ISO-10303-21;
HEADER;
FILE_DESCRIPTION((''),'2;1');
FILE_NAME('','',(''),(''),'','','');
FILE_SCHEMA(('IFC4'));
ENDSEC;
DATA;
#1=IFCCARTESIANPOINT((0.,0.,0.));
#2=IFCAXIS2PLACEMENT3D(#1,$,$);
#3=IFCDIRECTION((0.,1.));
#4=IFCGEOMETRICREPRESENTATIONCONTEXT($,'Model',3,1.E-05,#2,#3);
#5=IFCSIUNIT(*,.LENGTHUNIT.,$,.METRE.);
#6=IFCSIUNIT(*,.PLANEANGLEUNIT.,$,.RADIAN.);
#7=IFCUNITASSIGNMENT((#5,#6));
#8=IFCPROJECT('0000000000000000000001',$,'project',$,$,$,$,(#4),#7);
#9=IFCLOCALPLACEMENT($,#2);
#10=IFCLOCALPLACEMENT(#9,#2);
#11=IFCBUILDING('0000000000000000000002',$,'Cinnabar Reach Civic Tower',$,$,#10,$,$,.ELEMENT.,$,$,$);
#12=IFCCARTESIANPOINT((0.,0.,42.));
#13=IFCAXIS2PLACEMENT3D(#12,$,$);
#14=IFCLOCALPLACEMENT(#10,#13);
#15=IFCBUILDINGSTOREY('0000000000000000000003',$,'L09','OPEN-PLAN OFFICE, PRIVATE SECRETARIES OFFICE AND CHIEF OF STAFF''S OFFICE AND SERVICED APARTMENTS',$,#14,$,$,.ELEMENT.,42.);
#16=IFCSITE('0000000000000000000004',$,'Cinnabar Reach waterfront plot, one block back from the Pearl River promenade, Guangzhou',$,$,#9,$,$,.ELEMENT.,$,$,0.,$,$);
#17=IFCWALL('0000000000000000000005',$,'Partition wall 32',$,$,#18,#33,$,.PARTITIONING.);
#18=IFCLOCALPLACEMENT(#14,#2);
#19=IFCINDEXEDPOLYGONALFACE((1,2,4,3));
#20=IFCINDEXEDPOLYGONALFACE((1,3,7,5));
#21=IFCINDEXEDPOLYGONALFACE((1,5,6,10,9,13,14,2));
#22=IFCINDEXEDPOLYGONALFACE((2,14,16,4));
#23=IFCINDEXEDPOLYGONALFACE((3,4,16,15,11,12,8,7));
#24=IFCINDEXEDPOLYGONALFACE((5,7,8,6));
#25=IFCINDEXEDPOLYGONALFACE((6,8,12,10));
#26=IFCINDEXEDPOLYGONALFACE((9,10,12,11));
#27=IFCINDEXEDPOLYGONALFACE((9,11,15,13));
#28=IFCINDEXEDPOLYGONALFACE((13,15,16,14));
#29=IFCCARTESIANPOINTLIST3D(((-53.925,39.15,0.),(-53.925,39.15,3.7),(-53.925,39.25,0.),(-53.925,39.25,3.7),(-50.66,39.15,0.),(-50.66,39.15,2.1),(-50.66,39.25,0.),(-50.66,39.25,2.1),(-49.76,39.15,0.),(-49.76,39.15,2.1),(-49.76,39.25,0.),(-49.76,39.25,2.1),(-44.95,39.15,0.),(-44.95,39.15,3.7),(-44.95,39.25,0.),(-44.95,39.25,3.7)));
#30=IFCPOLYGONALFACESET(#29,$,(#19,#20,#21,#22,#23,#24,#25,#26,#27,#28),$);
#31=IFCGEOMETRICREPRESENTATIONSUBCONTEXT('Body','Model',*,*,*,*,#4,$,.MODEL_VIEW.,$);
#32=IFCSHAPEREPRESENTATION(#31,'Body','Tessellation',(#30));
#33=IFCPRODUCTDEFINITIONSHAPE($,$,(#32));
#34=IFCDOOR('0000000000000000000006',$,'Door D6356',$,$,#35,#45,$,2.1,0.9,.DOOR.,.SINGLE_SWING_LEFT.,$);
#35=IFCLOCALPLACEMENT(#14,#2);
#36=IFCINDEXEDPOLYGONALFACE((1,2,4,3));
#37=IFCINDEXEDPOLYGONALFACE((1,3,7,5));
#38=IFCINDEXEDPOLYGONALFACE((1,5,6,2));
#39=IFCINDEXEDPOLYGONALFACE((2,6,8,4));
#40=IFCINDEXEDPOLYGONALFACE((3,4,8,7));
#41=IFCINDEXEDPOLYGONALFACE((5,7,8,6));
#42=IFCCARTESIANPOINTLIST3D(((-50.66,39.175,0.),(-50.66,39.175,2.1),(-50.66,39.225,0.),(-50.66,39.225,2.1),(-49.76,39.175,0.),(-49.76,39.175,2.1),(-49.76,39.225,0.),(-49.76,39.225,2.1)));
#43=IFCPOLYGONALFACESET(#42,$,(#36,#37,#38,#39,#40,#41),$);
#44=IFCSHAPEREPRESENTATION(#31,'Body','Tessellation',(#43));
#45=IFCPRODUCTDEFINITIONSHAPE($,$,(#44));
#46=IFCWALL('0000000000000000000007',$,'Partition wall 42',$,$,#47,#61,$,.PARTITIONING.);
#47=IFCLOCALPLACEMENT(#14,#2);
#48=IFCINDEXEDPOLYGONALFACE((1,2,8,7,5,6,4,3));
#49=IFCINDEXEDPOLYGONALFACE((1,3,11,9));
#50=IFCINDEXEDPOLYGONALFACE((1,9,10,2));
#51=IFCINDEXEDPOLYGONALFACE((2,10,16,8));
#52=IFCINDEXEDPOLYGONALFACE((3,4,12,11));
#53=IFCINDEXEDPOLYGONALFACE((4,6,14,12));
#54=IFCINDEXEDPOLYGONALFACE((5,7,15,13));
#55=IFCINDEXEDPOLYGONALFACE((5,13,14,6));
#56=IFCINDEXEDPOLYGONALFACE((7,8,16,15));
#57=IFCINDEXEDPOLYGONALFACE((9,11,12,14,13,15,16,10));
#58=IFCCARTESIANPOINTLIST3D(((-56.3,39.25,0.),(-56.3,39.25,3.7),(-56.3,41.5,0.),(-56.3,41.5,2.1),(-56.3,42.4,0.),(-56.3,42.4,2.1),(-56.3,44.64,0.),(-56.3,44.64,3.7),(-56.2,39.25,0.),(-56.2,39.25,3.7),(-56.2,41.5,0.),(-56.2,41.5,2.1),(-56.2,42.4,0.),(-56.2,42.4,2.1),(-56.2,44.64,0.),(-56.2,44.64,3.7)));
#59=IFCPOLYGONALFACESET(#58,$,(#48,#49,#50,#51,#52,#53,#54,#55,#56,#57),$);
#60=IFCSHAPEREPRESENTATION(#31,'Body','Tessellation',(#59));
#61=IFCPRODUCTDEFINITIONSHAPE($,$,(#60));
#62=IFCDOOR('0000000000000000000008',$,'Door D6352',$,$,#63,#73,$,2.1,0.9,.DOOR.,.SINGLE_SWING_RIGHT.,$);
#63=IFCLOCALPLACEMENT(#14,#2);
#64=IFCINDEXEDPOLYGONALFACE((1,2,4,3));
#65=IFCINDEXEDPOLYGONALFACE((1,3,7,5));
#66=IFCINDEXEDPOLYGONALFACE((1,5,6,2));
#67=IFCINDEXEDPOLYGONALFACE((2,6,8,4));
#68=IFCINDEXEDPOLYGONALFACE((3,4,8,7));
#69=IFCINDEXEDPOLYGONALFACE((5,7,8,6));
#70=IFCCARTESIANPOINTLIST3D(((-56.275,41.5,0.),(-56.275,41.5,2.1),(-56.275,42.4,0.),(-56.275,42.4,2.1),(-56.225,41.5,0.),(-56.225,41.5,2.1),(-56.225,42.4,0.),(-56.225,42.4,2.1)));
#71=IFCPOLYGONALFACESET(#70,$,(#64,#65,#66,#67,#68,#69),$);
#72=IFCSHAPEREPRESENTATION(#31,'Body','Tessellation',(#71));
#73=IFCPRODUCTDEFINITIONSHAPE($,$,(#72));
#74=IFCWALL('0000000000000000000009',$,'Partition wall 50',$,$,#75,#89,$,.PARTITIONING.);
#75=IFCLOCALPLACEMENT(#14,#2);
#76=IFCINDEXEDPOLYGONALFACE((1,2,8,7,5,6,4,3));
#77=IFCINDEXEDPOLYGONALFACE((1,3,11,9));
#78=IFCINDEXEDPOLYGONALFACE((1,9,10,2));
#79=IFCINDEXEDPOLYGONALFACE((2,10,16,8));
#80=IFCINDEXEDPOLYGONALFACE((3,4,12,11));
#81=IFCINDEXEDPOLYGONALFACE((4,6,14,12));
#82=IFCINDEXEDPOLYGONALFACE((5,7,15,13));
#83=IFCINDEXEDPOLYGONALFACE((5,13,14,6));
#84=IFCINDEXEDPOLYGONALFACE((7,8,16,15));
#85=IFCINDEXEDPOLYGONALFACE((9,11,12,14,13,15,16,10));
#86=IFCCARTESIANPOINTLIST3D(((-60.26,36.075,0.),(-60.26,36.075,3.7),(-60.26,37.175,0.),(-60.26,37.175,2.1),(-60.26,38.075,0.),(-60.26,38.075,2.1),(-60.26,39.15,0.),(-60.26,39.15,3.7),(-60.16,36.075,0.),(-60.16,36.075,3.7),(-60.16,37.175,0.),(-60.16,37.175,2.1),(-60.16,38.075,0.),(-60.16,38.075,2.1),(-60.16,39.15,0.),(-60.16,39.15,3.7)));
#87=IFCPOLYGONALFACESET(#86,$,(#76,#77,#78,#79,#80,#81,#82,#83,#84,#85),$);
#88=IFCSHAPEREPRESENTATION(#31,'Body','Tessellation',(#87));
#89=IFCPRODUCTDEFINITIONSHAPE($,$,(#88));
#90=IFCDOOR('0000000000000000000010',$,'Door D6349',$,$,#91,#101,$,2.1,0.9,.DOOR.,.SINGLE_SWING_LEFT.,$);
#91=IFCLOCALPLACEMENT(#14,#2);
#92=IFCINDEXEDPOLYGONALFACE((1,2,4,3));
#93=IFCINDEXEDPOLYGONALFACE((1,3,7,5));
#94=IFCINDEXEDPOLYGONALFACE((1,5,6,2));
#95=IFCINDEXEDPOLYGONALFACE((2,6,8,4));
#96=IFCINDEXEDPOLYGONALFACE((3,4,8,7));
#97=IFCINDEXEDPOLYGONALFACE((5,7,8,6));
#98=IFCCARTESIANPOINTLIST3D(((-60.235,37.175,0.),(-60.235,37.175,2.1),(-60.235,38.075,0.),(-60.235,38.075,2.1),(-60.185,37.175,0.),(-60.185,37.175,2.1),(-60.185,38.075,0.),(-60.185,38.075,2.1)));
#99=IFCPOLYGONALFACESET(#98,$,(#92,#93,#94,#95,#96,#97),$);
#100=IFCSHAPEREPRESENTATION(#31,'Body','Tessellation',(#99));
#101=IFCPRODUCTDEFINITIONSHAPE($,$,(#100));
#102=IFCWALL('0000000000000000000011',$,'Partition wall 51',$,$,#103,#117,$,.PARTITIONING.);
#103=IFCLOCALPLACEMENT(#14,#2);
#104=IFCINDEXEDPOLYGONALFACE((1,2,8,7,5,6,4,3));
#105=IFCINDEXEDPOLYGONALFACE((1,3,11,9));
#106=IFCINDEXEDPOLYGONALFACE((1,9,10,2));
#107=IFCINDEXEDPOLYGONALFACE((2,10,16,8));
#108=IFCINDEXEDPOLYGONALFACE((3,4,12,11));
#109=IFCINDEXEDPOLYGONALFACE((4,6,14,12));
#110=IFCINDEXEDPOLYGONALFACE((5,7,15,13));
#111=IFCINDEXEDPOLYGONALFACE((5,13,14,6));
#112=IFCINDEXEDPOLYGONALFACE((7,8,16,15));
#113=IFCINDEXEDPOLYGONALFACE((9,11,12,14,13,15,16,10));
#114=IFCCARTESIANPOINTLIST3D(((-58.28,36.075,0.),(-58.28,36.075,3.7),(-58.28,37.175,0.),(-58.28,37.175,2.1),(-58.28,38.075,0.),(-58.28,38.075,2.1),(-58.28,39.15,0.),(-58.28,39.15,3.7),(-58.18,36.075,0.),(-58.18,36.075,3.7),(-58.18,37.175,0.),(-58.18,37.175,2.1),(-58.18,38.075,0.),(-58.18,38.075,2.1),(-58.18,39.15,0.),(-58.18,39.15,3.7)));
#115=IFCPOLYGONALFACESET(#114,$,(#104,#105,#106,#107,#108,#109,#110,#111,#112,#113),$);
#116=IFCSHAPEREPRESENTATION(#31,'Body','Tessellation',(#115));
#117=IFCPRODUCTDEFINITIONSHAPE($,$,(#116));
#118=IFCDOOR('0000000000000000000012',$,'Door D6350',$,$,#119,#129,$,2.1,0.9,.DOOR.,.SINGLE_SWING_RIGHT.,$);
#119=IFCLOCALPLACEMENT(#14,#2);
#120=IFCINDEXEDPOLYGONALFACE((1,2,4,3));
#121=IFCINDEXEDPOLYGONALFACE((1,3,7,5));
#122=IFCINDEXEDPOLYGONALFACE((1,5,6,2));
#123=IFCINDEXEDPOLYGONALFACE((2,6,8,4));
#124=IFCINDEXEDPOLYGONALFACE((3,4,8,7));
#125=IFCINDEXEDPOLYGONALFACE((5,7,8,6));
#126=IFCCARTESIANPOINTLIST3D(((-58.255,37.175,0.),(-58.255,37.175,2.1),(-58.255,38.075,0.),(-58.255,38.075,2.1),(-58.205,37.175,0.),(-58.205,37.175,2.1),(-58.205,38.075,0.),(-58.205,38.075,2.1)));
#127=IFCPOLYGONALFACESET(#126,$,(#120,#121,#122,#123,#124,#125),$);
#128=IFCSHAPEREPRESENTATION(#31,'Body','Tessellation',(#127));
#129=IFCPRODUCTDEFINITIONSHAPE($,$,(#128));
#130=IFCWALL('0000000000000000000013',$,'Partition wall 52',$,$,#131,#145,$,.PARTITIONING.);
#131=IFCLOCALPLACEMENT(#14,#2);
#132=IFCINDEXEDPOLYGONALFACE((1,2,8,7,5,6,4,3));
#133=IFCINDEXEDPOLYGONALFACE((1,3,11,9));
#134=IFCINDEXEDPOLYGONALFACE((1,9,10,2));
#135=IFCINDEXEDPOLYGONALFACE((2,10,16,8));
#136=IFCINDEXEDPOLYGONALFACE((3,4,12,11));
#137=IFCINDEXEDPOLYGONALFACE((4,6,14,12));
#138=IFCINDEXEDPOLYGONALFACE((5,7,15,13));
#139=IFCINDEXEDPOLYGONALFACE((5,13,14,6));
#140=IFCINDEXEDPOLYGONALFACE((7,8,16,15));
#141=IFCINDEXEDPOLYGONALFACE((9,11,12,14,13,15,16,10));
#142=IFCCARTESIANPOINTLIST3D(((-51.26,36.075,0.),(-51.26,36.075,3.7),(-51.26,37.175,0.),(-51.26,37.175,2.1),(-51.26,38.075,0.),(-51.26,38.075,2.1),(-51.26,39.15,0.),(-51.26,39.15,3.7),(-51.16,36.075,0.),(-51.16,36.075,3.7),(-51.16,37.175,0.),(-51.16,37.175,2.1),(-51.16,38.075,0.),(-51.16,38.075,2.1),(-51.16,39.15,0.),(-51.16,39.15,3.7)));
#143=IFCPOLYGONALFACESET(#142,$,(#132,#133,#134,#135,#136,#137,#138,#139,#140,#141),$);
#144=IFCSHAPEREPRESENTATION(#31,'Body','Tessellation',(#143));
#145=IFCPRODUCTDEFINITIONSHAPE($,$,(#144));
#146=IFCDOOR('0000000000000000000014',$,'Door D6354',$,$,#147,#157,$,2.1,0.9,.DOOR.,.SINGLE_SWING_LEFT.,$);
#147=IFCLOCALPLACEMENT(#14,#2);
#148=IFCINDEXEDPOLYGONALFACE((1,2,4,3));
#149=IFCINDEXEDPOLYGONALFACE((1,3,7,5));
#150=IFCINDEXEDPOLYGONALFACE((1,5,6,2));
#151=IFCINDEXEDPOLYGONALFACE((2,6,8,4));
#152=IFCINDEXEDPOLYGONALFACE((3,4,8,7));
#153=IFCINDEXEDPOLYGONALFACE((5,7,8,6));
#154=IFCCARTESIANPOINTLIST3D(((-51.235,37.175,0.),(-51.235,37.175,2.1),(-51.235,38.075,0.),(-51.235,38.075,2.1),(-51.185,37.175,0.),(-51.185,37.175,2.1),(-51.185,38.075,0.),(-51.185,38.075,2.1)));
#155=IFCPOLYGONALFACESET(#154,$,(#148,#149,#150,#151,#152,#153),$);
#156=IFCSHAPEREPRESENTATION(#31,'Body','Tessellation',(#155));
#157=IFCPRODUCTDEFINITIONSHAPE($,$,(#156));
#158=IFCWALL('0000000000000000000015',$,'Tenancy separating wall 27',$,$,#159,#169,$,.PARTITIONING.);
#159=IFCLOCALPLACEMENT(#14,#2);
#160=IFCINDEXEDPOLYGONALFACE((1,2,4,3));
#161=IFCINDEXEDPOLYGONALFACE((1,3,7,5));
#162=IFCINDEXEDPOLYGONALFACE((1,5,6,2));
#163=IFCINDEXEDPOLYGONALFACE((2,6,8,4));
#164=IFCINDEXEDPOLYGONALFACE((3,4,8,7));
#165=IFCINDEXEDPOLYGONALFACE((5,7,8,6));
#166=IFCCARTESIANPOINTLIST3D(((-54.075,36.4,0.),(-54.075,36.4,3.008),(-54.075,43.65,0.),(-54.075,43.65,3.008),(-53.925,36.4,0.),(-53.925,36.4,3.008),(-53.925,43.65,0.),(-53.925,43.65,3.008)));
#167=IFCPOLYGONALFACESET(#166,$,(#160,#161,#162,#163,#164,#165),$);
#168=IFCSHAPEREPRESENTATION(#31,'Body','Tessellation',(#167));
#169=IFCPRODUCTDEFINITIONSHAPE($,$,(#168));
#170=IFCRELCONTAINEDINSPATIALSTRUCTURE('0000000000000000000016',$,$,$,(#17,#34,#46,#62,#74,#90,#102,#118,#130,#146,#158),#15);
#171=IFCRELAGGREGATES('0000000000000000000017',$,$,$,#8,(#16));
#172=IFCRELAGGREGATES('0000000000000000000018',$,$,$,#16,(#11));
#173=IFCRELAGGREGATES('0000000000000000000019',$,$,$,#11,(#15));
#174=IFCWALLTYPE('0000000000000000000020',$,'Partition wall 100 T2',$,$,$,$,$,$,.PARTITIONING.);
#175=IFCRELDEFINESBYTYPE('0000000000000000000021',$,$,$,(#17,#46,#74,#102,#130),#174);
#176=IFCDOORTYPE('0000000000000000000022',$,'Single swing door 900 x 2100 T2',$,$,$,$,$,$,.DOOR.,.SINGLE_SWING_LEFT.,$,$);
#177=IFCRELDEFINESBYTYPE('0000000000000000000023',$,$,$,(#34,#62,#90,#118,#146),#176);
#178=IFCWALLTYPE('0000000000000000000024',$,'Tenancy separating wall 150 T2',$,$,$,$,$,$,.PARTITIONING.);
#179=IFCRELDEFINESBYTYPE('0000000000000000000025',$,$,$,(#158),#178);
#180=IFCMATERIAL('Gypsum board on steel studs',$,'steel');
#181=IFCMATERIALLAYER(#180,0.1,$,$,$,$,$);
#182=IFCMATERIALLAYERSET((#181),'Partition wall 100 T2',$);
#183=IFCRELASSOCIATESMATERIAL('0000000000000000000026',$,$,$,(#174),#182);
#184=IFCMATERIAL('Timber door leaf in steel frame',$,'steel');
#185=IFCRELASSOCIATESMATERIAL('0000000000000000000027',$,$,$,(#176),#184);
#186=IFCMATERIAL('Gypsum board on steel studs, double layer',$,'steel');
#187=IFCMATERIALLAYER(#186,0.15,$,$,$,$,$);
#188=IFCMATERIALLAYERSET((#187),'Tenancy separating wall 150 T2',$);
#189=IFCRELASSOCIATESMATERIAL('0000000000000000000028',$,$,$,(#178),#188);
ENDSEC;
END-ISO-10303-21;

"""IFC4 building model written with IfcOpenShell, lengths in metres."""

from ifc_helpers import new_model, si_unit, direction, frame, frame_2d, origin, place, context, subcontext, project, spatial, rectangle, extrude, material, layer, layer_set, type_object, element, fill, save


model = new_model("IFC4")

# Units and contexts
model_context = context("Model", 3, precision=1e-05, world=origin(), true_north=direction((0.0, 1.0)))
body_context = subcontext(model_context, "Body", "Model", "MODEL_VIEW")
ifc_project = project(units=[si_unit("LENGTHUNIT", "METRE"), si_unit("PLANEANGLEUNIT", "RADIAN")], contexts=[model_context])

# Site, building, storey
site_placement = place(None, origin())
site = spatial("IfcSite", under=ifc_project, at=site_placement, Name="Cinnabar Reach waterfront plot, one block back from the Pearl River promenade, Guangzhou", CompositionType="ELEMENT", RefElevation=0.0)
building_placement = place(site_placement, origin())
building = spatial("IfcBuilding", under=site, at=building_placement, Name="Cinnabar Reach Civic Tower", CompositionType="ELEMENT")
storey_placement = place(building_placement, frame((0.0, 0.0, 42.0)))
storey = spatial("IfcBuildingStorey", under=building, at=storey_placement, Name="L09", Description="OPEN-PLAN OFFICE, PRIVATE SECRETARIES OFFICE AND CHIEF OF STAFF'S OFFICE AND SERVICED APARTMENTS", CompositionType="ELEMENT", Elevation=42.0)

# Walls, openings, doors
ifc_material_1 = material(Name="Gypsum board on steel studs, double layer", Category="steel")
ifc_material_2 = material(Name="Timber door leaf in steel frame", Category="steel")
ifc_material_3 = material(Name="Gypsum board on steel studs", Category="steel")
ifc_layer_1 = layer(ifc_material_3, 0.1)
ifc_layer_set_1 = layer_set([ifc_layer_1], Name="Partition wall 100 T2")
wall_type_1 = type_object("IfcWallType", Name="Partition wall 100 T2", PredefinedType="PARTITIONING", material=ifc_layer_set_1)
wall_1_placement = place(storey_placement, frame((-53.925, 39.2, 0.0), z_axis=(0.0, 0.0, 1.0), x_axis=(1.0, 0.0, 0.0)))
wall_1 = element("IfcWall", 1, at=wall_1_placement, inside=storey, type_object=wall_type_1, Name="Partition wall 32", PredefinedType="PARTITIONING", context=body_context, shape_type="SweptSolid", body=[
    extrude(rectangle(XDim=8.975, YDim=0.1, at=frame_2d((4.4875, 0.0))), origin(), (0.0, 0.0, 1.0), 3.7),
])
opening_1_placement = place(wall_1_placement, frame((3.265, 0.0, 0.0)))
opening_1 = element("IfcOpeningElement", 2, at=opening_1_placement, cuts=wall_1, PredefinedType="OPENING", context=body_context, shape_type="SweptSolid", body=[
    extrude(rectangle(XDim=0.9, YDim=2.1, at=frame_2d((0.45, 1.05))), frame((0.0, 0.06, 0.0), z_axis=(0.0, -1.0, 0.0), x_axis=(1.0, 0.0, 0.0)), (0.0, 0.0, 1.0), 0.12),
])
door_type_1 = type_object("IfcDoorType", Name="Single swing door 900 x 2100 T2", OperationType="SINGLE_SWING_LEFT", PredefinedType="DOOR", material=ifc_material_2)
door_1_placement = place(opening_1_placement, frame((0.9, 0.0, 0.0), z_axis=(0.0, 0.0, 1.0), x_axis=(-1.0, 0.0, 0.0)))
door_1 = element("IfcDoor", 3, at=door_1_placement, inside=storey, type_object=door_type_1, Name="Door D6356", OperationType="SINGLE_SWING_LEFT", OverallHeight=2.1, OverallWidth=0.9, PredefinedType="DOOR", context=body_context, shape_type="SweptSolid", body=[
    extrude(rectangle(XDim=0.9, YDim=2.1, at=frame_2d((0.45, 1.05))), frame((0.0, 0.025, 0.0), z_axis=(0.0, -1.0, 0.0), x_axis=(1.0, 0.0, 0.0)), (0.0, 0.0, 1.0), 0.05),
])
fill(opening_1, door_1)
wall_2_placement = place(storey_placement, frame((-56.25, 39.25, 0.0), z_axis=(0.0, 0.0, 1.0), x_axis=(0.0, 1.0, 0.0)))
wall_2 = element("IfcWall", 4, at=wall_2_placement, inside=storey, type_object=wall_type_1, Name="Partition wall 42", PredefinedType="PARTITIONING", context=body_context, shape_type="SweptSolid", body=[
    extrude(rectangle(XDim=5.39, YDim=0.1, at=frame_2d((2.695, 0.0))), origin(), (0.0, 0.0, 1.0), 3.7),
])
opening_2_placement = place(wall_2_placement, frame((2.25, 0.0, 0.0)))
opening_2 = element("IfcOpeningElement", 5, at=opening_2_placement, cuts=wall_2, PredefinedType="OPENING", context=body_context, shape_type="SweptSolid", body=[
    extrude(rectangle(XDim=0.9, YDim=2.1, at=frame_2d((0.45, 1.05))), frame((0.0, 0.06, 0.0), z_axis=(0.0, -1.0, 0.0), x_axis=(1.0, 0.0, 0.0)), (0.0, 0.0, 1.0), 0.12),
])
door_2_placement = place(opening_2_placement, frame((0.9, 0.0, 0.0), z_axis=(0.0, 0.0, 1.0), x_axis=(-1.0, 0.0, 0.0)))
door_2 = element("IfcDoor", 6, at=door_2_placement, inside=storey, type_object=door_type_1, Name="Door D6352", OperationType="SINGLE_SWING_RIGHT", OverallHeight=2.1, OverallWidth=0.9, PredefinedType="DOOR", context=body_context, shape_type="SweptSolid", body=[
    extrude(rectangle(XDim=0.9, YDim=2.1, at=frame_2d((0.45, 1.05))), frame((0.0, 0.025, 0.0), z_axis=(0.0, -1.0, 0.0), x_axis=(1.0, 0.0, 0.0)), (0.0, 0.0, 1.0), 0.05),
])
fill(opening_2, door_2)
wall_3_placement = place(storey_placement, frame((-60.21, 36.075, 0.0), z_axis=(0.0, 0.0, 1.0), x_axis=(0.0, 1.0, 0.0)))
wall_3 = element("IfcWall", 7, at=wall_3_placement, inside=storey, type_object=wall_type_1, Name="Partition wall 50", PredefinedType="PARTITIONING", context=body_context, shape_type="SweptSolid", body=[
    extrude(rectangle(XDim=3.075, YDim=0.1, at=frame_2d((1.5375, 0.0))), origin(), (0.0, 0.0, 1.0), 3.7),
])
opening_3_placement = place(wall_3_placement, frame((1.1, 0.0, 0.0)))
opening_3 = element("IfcOpeningElement", 8, at=opening_3_placement, cuts=wall_3, PredefinedType="OPENING", context=body_context, shape_type="SweptSolid", body=[
    extrude(rectangle(XDim=0.9, YDim=2.1, at=frame_2d((0.45, 1.05))), frame((0.0, 0.06, 0.0), z_axis=(0.0, -1.0, 0.0), x_axis=(1.0, 0.0, 0.0)), (0.0, 0.0, 1.0), 0.12),
])
door_3_placement = place(opening_3_placement, origin())
door_3 = element("IfcDoor", 9, at=door_3_placement, inside=storey, type_object=door_type_1, Name="Door D6349", OperationType="SINGLE_SWING_LEFT", OverallHeight=2.1, OverallWidth=0.9, PredefinedType="DOOR", context=body_context, shape_type="SweptSolid", body=[
    extrude(rectangle(XDim=0.9, YDim=2.1, at=frame_2d((0.45, 1.05))), frame((0.0, 0.025, 0.0), z_axis=(0.0, -1.0, 0.0), x_axis=(1.0, 0.0, 0.0)), (0.0, 0.0, 1.0), 0.05),
])
fill(opening_3, door_3)
wall_4_placement = place(storey_placement, frame((-58.23, 36.075, 0.0), z_axis=(0.0, 0.0, 1.0), x_axis=(0.0, 1.0, 0.0)))
wall_4 = element("IfcWall", 10, at=wall_4_placement, inside=storey, type_object=wall_type_1, Name="Partition wall 51", PredefinedType="PARTITIONING", context=body_context, shape_type="SweptSolid", body=[
    extrude(rectangle(XDim=3.075, YDim=0.1, at=frame_2d((1.5375, 0.0))), origin(), (0.0, 0.0, 1.0), 3.7),
])
opening_4_placement = place(wall_4_placement, frame((1.1, 0.0, 0.0)))
opening_4 = element("IfcOpeningElement", 11, at=opening_4_placement, cuts=wall_4, PredefinedType="OPENING", context=body_context, shape_type="SweptSolid", body=[
    extrude(rectangle(XDim=0.9, YDim=2.1, at=frame_2d((0.45, 1.05))), frame((0.0, 0.06, 0.0), z_axis=(0.0, -1.0, 0.0), x_axis=(1.0, 0.0, 0.0)), (0.0, 0.0, 1.0), 0.12),
])
door_4_placement = place(opening_4_placement, origin())
door_4 = element("IfcDoor", 12, at=door_4_placement, inside=storey, type_object=door_type_1, Name="Door D6350", OperationType="SINGLE_SWING_RIGHT", OverallHeight=2.1, OverallWidth=0.9, PredefinedType="DOOR", context=body_context, shape_type="SweptSolid", body=[
    extrude(rectangle(XDim=0.9, YDim=2.1, at=frame_2d((0.45, 1.05))), frame((0.0, 0.025, 0.0), z_axis=(0.0, -1.0, 0.0), x_axis=(1.0, 0.0, 0.0)), (0.0, 0.0, 1.0), 0.05),
])
fill(opening_4, door_4)
wall_5_placement = place(storey_placement, frame((-51.21, 36.075, 0.0), z_axis=(0.0, 0.0, 1.0), x_axis=(0.0, 1.0, 0.0)))
wall_5 = element("IfcWall", 13, at=wall_5_placement, inside=storey, type_object=wall_type_1, Name="Partition wall 52", PredefinedType="PARTITIONING", context=body_context, shape_type="SweptSolid", body=[
    extrude(rectangle(XDim=3.075, YDim=0.1, at=frame_2d((1.5375, 0.0))), origin(), (0.0, 0.0, 1.0), 3.7),
])
opening_5_placement = place(wall_5_placement, frame((1.1, 0.0, 0.0)))
opening_5 = element("IfcOpeningElement", 14, at=opening_5_placement, cuts=wall_5, PredefinedType="OPENING", context=body_context, shape_type="SweptSolid", body=[
    extrude(rectangle(XDim=0.9, YDim=2.1, at=frame_2d((0.45, 1.05))), frame((0.0, 0.06, 0.0), z_axis=(0.0, -1.0, 0.0), x_axis=(1.0, 0.0, 0.0)), (0.0, 0.0, 1.0), 0.12),
])
door_5_placement = place(opening_5_placement, origin())
door_5 = element("IfcDoor", 15, at=door_5_placement, inside=storey, type_object=door_type_1, Name="Door D6354", OperationType="SINGLE_SWING_LEFT", OverallHeight=2.1, OverallWidth=0.9, PredefinedType="DOOR", context=body_context, shape_type="SweptSolid", body=[
    extrude(rectangle(XDim=0.9, YDim=2.1, at=frame_2d((0.45, 1.05))), frame((0.0, 0.025, 0.0), z_axis=(0.0, -1.0, 0.0), x_axis=(1.0, 0.0, 0.0)), (0.0, 0.0, 1.0), 0.05),
])
fill(opening_5, door_5)

# Wall
ifc_layer_2 = layer(ifc_material_1, 0.15)
ifc_layer_set_2 = layer_set([ifc_layer_2], Name="Tenancy separating wall 150 T2")
wall_type_2 = type_object("IfcWallType", Name="Tenancy separating wall 150 T2", PredefinedType="PARTITIONING", material=ifc_layer_set_2)
wall_6_placement = place(storey_placement, frame((-54.0, 36.4, 0.0), z_axis=(0.0, 0.0, 1.0), x_axis=(0.0, 1.0, 0.0)))
element("IfcWall", 16, at=wall_6_placement, inside=storey, type_object=wall_type_2, Name="Tenancy separating wall 27", PredefinedType="PARTITIONING", context=body_context, shape_type="SweptSolid", body=[
    extrude(rectangle(XDim=7.25, YDim=0.15, at=frame_2d((3.625, 0.0))), origin(), (0.0, 0.0, 1.0), 3.008),
])

save(model, "model.ifc")
